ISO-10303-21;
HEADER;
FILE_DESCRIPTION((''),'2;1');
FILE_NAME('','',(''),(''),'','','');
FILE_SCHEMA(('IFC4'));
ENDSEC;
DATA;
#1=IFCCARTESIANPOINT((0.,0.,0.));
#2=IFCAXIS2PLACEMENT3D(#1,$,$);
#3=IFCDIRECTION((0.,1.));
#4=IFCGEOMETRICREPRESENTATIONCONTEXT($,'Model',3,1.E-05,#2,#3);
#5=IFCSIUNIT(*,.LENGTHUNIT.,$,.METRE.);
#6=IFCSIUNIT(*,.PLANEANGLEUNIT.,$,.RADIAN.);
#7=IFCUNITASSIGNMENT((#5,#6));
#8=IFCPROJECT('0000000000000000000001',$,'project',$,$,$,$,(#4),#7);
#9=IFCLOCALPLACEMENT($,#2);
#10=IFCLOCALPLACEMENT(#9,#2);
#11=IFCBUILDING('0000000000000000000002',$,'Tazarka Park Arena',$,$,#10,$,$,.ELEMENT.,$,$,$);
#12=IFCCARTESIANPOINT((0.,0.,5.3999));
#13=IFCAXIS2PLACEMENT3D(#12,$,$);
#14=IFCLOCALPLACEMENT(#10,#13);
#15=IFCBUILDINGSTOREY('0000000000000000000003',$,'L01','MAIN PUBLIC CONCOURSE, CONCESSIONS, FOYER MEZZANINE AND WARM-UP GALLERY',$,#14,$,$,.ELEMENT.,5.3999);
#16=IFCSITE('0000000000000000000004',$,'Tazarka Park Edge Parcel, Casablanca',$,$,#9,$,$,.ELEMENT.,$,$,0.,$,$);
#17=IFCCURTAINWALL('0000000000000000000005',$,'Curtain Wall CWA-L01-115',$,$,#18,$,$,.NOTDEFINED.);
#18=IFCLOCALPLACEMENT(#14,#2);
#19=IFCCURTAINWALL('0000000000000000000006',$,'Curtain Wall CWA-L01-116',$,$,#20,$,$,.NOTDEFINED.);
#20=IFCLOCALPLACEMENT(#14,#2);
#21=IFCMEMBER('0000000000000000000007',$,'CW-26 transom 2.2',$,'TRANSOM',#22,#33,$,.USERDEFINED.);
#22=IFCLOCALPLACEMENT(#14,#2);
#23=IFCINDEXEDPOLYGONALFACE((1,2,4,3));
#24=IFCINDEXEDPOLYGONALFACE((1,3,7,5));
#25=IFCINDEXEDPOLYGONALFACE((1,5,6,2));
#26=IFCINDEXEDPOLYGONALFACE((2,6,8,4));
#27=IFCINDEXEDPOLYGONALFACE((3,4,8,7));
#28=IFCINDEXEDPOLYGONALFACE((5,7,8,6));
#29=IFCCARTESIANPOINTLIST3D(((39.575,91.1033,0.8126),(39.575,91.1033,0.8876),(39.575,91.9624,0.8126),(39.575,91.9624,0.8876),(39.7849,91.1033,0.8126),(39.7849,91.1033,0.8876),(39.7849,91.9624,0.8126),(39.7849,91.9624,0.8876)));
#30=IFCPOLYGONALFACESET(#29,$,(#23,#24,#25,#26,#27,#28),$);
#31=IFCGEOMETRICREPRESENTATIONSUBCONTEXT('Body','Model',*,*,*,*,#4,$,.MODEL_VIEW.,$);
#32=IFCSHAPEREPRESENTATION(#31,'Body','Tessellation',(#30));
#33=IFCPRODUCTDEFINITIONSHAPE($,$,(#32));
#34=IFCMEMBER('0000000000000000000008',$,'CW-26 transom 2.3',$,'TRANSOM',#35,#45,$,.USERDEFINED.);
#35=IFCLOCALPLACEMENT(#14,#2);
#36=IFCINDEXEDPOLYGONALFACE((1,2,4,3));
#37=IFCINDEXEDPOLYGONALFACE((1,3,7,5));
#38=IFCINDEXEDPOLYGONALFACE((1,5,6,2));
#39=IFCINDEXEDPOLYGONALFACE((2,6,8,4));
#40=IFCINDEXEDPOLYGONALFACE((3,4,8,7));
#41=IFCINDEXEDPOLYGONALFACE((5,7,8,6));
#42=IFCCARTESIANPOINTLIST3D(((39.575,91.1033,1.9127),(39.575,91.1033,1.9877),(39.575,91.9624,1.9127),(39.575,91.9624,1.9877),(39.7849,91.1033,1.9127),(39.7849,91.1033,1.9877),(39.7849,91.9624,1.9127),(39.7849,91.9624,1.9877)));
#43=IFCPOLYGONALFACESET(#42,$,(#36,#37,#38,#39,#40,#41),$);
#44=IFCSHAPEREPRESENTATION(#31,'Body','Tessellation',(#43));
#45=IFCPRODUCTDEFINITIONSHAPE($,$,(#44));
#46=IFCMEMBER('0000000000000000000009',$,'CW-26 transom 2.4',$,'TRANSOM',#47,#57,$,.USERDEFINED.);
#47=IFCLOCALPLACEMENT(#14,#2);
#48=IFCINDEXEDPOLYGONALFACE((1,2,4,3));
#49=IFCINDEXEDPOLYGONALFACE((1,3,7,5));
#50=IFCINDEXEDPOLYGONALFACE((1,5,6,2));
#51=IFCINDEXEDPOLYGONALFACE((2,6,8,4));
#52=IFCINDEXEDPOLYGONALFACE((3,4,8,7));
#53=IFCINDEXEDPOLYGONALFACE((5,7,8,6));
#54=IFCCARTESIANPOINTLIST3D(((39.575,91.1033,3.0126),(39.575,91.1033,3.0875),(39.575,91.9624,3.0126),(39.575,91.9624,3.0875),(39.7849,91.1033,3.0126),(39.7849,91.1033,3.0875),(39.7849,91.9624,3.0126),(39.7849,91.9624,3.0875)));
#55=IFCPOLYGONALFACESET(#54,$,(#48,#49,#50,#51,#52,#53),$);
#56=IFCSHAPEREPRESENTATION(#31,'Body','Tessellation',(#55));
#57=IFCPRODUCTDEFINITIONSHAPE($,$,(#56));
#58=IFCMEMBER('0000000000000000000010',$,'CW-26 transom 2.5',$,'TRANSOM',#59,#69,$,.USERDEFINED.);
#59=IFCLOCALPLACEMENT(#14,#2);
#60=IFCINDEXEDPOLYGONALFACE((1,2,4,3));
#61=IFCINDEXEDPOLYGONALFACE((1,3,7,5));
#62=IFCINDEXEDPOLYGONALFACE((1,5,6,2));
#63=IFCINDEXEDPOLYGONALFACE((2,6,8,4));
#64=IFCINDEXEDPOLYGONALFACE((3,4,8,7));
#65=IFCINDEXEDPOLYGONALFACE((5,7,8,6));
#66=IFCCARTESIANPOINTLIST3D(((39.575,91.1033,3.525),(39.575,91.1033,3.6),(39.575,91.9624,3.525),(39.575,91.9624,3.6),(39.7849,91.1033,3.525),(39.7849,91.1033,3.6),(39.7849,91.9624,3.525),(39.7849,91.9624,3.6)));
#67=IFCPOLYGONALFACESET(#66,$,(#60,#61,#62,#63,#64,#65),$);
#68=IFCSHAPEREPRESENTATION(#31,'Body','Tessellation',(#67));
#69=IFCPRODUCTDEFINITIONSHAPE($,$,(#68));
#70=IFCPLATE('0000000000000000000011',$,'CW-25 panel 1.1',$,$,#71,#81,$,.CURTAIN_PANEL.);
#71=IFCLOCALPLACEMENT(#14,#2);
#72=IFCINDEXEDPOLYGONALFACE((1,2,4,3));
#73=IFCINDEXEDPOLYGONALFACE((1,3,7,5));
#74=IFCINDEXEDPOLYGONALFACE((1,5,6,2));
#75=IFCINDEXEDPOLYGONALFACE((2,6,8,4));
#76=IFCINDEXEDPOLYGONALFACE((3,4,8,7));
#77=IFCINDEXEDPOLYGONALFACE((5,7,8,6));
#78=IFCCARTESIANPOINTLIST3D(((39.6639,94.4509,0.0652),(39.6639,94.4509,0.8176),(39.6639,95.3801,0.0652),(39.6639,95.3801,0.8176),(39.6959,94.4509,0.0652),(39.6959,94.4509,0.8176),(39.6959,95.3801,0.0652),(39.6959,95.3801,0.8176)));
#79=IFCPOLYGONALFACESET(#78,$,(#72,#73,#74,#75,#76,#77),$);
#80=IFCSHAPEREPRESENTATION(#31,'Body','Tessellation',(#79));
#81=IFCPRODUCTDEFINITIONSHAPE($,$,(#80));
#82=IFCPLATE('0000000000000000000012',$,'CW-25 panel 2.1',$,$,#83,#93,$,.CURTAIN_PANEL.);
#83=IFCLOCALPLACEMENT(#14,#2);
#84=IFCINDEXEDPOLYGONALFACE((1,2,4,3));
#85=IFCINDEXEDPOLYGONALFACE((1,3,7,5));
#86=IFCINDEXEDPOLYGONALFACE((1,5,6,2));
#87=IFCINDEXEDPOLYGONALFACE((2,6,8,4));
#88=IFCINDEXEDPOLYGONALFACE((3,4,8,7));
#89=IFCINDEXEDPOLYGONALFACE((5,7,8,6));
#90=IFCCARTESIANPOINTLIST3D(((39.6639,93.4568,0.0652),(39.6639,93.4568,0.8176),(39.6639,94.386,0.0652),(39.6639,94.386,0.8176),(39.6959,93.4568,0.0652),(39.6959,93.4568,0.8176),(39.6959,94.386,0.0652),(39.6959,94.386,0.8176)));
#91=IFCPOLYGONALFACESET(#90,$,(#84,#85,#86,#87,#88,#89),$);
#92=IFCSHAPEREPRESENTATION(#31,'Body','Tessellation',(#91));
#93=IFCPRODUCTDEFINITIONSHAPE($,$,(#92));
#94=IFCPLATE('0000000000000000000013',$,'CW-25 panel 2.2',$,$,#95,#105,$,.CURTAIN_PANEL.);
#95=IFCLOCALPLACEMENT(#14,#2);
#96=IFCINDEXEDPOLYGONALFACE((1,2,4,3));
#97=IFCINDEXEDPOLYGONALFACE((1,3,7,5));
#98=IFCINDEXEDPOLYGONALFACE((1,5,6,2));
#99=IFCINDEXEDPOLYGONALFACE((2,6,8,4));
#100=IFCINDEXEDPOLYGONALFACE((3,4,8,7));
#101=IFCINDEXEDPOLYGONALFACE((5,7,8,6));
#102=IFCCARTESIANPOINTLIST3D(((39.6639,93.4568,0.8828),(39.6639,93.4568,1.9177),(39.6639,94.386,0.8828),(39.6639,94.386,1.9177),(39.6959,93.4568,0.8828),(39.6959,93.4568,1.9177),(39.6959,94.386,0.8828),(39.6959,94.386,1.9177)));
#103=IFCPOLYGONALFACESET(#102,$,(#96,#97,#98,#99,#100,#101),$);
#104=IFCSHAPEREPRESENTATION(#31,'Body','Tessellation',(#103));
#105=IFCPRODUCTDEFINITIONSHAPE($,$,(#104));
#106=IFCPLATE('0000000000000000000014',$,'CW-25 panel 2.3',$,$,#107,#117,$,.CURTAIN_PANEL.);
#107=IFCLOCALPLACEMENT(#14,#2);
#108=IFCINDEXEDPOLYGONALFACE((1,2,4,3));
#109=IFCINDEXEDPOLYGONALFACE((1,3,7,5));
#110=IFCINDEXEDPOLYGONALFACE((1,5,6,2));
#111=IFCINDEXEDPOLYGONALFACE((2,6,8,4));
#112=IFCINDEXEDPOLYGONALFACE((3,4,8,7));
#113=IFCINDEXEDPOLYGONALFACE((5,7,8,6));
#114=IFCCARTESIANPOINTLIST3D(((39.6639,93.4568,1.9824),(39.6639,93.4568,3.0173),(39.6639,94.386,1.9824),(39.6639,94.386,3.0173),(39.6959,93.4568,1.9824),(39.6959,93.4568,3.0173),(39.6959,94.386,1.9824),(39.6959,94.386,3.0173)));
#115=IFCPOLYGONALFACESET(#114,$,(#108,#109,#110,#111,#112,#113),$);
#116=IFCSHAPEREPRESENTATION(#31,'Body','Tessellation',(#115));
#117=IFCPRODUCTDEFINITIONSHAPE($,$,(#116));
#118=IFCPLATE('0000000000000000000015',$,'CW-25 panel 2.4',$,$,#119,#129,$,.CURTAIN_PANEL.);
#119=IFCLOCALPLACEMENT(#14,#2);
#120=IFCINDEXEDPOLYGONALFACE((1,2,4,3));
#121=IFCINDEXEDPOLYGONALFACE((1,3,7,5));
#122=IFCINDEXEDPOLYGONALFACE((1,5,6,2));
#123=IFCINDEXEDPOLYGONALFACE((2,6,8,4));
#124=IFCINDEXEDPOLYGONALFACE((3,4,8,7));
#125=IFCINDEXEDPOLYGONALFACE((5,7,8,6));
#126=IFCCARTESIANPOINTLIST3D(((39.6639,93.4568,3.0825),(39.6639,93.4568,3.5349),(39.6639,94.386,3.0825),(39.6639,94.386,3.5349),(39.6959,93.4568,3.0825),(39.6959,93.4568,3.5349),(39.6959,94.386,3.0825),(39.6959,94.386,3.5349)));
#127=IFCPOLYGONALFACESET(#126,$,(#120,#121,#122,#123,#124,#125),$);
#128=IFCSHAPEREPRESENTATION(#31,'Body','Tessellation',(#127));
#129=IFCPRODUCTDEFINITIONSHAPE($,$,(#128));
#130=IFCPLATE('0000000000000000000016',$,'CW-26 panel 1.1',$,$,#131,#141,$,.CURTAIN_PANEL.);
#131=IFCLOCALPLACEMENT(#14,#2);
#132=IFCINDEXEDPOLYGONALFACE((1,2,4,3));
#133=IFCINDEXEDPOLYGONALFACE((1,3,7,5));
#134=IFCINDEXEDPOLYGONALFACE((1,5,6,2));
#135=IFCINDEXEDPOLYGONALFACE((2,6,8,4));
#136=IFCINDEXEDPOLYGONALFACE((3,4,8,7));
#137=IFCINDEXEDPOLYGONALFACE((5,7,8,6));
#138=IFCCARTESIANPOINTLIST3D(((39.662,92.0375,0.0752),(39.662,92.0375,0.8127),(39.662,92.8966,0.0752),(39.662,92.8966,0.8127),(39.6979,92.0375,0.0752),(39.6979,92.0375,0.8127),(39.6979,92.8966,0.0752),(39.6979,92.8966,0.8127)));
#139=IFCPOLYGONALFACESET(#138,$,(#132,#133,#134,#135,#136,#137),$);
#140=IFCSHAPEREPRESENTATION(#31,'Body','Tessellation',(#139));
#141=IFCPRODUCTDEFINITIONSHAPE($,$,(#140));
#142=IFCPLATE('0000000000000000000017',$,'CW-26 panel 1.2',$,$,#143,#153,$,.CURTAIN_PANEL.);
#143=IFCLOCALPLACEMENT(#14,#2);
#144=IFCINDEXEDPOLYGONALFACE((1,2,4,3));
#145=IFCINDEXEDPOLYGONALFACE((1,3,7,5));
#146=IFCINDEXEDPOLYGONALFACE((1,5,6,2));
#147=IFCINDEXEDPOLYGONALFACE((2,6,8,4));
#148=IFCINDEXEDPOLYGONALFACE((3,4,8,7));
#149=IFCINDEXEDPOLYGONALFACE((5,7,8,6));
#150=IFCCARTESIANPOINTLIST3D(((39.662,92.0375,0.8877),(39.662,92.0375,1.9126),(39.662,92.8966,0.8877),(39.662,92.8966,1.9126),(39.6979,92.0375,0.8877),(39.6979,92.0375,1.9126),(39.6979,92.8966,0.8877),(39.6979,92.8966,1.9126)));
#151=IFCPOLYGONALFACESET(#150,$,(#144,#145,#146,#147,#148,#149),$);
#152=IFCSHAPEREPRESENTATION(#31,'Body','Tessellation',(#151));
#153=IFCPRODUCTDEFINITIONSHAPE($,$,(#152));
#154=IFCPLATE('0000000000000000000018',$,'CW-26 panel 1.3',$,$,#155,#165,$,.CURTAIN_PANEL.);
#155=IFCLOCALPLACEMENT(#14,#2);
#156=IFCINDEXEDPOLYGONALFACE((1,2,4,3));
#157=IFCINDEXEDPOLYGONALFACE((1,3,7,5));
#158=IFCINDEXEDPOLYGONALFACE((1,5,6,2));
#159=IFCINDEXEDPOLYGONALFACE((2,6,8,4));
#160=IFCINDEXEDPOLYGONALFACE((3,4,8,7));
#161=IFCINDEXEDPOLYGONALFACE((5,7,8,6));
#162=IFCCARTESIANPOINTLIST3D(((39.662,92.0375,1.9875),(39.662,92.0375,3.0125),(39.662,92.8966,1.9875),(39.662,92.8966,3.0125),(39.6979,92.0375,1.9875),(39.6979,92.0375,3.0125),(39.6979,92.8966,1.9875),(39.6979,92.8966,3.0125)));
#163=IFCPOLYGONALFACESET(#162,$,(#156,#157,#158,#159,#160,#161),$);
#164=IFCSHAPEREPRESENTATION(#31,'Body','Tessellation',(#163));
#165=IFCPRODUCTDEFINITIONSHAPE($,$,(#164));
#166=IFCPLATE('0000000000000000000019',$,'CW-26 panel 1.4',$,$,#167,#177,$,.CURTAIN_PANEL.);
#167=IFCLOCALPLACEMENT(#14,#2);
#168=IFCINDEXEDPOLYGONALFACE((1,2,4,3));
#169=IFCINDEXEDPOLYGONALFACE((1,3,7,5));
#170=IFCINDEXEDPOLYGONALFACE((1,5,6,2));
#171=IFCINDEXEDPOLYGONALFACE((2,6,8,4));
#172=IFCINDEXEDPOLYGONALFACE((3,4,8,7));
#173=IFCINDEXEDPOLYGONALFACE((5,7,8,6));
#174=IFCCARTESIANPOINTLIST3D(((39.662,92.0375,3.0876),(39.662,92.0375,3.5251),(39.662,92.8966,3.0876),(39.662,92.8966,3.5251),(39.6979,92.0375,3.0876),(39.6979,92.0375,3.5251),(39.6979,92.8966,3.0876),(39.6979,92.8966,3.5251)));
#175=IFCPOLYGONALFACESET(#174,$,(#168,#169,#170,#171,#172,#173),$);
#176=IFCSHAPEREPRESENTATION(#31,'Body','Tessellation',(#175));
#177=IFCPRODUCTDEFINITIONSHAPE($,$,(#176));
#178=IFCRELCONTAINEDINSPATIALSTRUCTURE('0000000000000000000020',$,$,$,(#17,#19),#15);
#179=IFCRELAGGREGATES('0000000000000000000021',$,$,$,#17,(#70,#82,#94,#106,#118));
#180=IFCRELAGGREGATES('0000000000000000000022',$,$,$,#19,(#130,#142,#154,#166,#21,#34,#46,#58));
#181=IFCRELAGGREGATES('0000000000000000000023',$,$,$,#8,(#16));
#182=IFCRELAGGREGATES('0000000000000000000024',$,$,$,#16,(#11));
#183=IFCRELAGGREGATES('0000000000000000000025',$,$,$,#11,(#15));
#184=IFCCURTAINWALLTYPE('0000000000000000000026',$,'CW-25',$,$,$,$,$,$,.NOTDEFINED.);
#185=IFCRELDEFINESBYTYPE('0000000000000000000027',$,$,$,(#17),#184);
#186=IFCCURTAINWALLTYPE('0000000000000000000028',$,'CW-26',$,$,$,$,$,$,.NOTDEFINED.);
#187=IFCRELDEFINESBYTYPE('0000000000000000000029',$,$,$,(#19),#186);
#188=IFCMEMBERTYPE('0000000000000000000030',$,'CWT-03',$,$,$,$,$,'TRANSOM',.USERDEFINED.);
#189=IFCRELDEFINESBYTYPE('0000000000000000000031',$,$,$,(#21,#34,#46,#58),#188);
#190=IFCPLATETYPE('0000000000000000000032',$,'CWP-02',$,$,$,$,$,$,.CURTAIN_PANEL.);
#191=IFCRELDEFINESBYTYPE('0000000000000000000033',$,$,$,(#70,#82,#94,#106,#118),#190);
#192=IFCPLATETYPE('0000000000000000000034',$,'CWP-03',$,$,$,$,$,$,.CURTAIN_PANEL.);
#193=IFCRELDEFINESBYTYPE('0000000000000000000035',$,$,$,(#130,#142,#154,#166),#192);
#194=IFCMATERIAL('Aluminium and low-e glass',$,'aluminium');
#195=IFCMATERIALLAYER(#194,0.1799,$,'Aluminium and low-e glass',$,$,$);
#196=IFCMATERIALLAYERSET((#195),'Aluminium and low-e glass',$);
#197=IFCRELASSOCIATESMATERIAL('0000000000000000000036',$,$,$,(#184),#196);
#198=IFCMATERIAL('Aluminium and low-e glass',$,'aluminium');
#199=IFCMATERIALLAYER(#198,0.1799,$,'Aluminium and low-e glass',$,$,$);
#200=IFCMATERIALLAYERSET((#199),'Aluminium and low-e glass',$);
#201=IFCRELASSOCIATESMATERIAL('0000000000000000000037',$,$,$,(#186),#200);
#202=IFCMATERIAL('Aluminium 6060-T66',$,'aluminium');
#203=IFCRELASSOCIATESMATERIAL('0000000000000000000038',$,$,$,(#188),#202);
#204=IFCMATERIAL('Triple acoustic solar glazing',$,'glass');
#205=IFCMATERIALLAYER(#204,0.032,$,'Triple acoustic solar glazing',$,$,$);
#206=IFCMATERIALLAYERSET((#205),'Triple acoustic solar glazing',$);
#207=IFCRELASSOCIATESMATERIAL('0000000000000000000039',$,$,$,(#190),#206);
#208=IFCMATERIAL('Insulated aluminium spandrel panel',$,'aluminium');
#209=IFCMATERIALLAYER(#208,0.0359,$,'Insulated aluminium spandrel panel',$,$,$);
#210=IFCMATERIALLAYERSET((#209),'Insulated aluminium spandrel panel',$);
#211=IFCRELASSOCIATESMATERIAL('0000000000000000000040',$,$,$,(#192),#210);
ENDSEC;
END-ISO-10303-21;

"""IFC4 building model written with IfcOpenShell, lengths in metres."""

from ifc_helpers import new_model, si_unit, direction, frame, origin, origin_2d, place, context, subcontext, project, spatial, rectangle, extrude, material, layer, layer_set, material_profile, profile_set, type_object, element, aggregate, save


model = new_model("IFC4")

# Units and contexts
model_context = context("Model", 3, precision=1e-05, world=origin(), true_north=direction((0.0, 1.0)))
body_context = subcontext(model_context, "Body", "Model", "MODEL_VIEW")
ifc_project = project(units=[si_unit("LENGTHUNIT", "METRE"), si_unit("PLANEANGLEUNIT", "RADIAN")], contexts=[model_context])

# Site, building, storey
site_placement = place(None, origin())
site = spatial("IfcSite", under=ifc_project, at=site_placement, Name="Tazarka Park Edge Parcel, Casablanca", CompositionType="ELEMENT", RefElevation=0.0)
building_placement = place(site_placement, origin())
building = spatial("IfcBuilding", under=site, at=building_placement, Name="Tazarka Park Arena", CompositionType="ELEMENT")
storey_placement = place(building_placement, frame((0.0, 0.0, 5.3999)))
storey = spatial("IfcBuildingStorey", under=building, at=storey_placement, Name="L01", Description="MAIN PUBLIC CONCOURSE, CONCESSIONS, FOYER MEZZANINE AND WARM-UP GALLERY", CompositionType="ELEMENT", Elevation=5.3999)

# Curtain walls
ifc_material_1 = material(Name="Aluminium and low-e glass", Category="aluminium")
ifc_layer_1 = layer(ifc_material_1, 0.1799, Name="Aluminium and low-e glass")
ifc_layer_set_1 = layer_set([ifc_layer_1], Name="Aluminium and low-e glass")
curtain_wall_type_1 = type_object("IfcCurtainWallType", Name="CW-25", PredefinedType="NOTDEFINED", material=ifc_layer_set_1)
curtain_wall_1_placement = place(storey_placement, origin())
curtain_wall_1 = element("IfcCurtainWall", 1, at=curtain_wall_1_placement, inside=storey, type_object=curtain_wall_type_1, Name="Curtain Wall CWA-L01-115", PredefinedType="NOTDEFINED")
ifc_material_2 = material(Name="Aluminium and low-e glass", Category="aluminium")
ifc_layer_2 = layer(ifc_material_2, 0.1799, Name="Aluminium and low-e glass")
ifc_layer_set_2 = layer_set([ifc_layer_2], Name="Aluminium and low-e glass")
curtain_wall_type_2 = type_object("IfcCurtainWallType", Name="CW-26", PredefinedType="NOTDEFINED", material=ifc_layer_set_2)
curtain_wall_2_placement = place(storey_placement, origin())
curtain_wall_2 = element("IfcCurtainWall", 2, at=curtain_wall_2_placement, inside=storey, type_object=curtain_wall_type_2, Name="Curtain Wall CWA-L01-116", PredefinedType="NOTDEFINED")

# Members
ifc_material_3 = material(Name="Aluminium 6060-T66", Category="aluminium")
ifc_material_profile_1 = material_profile(ifc_material_3, rectangle(XDim=0.21, YDim=0.075, at=origin_2d()), Name="Aluminium 6060-T66")
ifc_profile_set_1 = profile_set([ifc_material_profile_1], Name="Aluminium 6060-T66")
member_type_1 = type_object("IfcMemberType", Name="CWT-03", ElementType="TRANSOM", PredefinedType="USERDEFINED", material=ifc_profile_set_1)
member_1_placement = place(storey_placement, frame((39.6799, 91.9624, 0.8501), z_axis=(0.0, -1.0, 0.0), x_axis=(1.0, 0.0, 0.0)))
member_1 = element("IfcMember", 3, at=member_1_placement, type_object=member_type_1, Name="CW-26 transom 2.2", ObjectType="TRANSOM", PredefinedType="USERDEFINED", context=body_context, shape_type="SweptSolid", body=[
    extrude(rectangle(XDim=0.21, YDim=0.075, at=origin_2d()), origin(), (0.0, 0.0, 1.0), 0.8591),
])
member_2_placement = place(storey_placement, frame((39.6799, 91.9624, 1.9502), z_axis=(0.0, -1.0, 0.0), x_axis=(1.0, 0.0, 0.0)))
member_2 = element("IfcMember", 4, at=member_2_placement, type_object=member_type_1, Name="CW-26 transom 2.3", ObjectType="TRANSOM", PredefinedType="USERDEFINED", context=body_context, shape_type="SweptSolid", body=[
    extrude(rectangle(XDim=0.21, YDim=0.075, at=origin_2d()), origin(), (0.0, 0.0, 1.0), 0.8591),
])
member_3_placement = place(storey_placement, frame((39.6799, 91.9624, 3.05), z_axis=(0.0, -1.0, 0.0), x_axis=(1.0, 0.0, 0.0)))
member_3 = element("IfcMember", 5, at=member_3_placement, type_object=member_type_1, Name="CW-26 transom 2.4", ObjectType="TRANSOM", PredefinedType="USERDEFINED", context=body_context, shape_type="SweptSolid", body=[
    extrude(rectangle(XDim=0.21, YDim=0.075, at=origin_2d()), origin(), (0.0, 0.0, 1.0), 0.8591),
])
member_4_placement = place(storey_placement, frame((39.6799, 91.9624, 3.5625), z_axis=(0.0, -1.0, 0.0), x_axis=(1.0, 0.0, 0.0)))
member_4 = element("IfcMember", 6, at=member_4_placement, type_object=member_type_1, Name="CW-26 transom 2.5", ObjectType="TRANSOM", PredefinedType="USERDEFINED", context=body_context, shape_type="SweptSolid", body=[
    extrude(rectangle(XDim=0.21, YDim=0.075, at=origin_2d()), origin(), (0.0, 0.0, 1.0), 0.8591),
])

# Plates
ifc_material_4 = material(Name="Triple acoustic solar glazing", Category="glass")
ifc_layer_3 = layer(ifc_material_4, 0.032, Name="Triple acoustic solar glazing")
ifc_layer_set_3 = layer_set([ifc_layer_3], Name="Triple acoustic solar glazing")
plate_type_1 = type_object("IfcPlateType", Name="CWP-02", PredefinedType="CURTAIN_PANEL", material=ifc_layer_set_3)
plate_1_placement = place(storey_placement, frame((39.6799, 94.9155, 0.0652), z_axis=(0.0, 0.0, 1.0), x_axis=(0.0, -1.0, 0.0)))
plate_1 = element("IfcPlate", 7, at=plate_1_placement, type_object=plate_type_1, Name="CW-25 panel 1.1", PredefinedType="CURTAIN_PANEL", context=body_context, shape_type="SweptSolid", body=[
    extrude(rectangle(XDim=0.9292, YDim=0.032, at=origin_2d()), origin(), (0.0, 0.0, 1.0), 0.7524),
])
plate_2_placement = place(storey_placement, frame((39.6799, 93.9214, 0.0652), z_axis=(0.0, 0.0, 1.0), x_axis=(0.0, -1.0, 0.0)))
plate_2 = element("IfcPlate", 8, at=plate_2_placement, type_object=plate_type_1, Name="CW-25 panel 2.1", PredefinedType="CURTAIN_PANEL", context=body_context, shape_type="SweptSolid", body=[
    extrude(rectangle(XDim=0.9292, YDim=0.032, at=origin_2d()), origin(), (0.0, 0.0, 1.0), 0.7524),
])
plate_3_placement = place(storey_placement, frame((39.6799, 93.9214, 0.8828), z_axis=(0.0, 0.0, 1.0), x_axis=(0.0, -1.0, 0.0)))
plate_3 = element("IfcPlate", 9, at=plate_3_placement, type_object=plate_type_1, Name="CW-25 panel 2.2", PredefinedType="CURTAIN_PANEL", context=body_context, shape_type="SweptSolid", body=[
    extrude(rectangle(XDim=0.9292, YDim=0.032, at=origin_2d()), origin(), (0.0, 0.0, 1.0), 1.0349),
])
plate_4_placement = place(storey_placement, frame((39.6799, 93.9214, 1.9824), z_axis=(0.0, 0.0, 1.0), x_axis=(0.0, -1.0, 0.0)))
plate_4 = element("IfcPlate", 10, at=plate_4_placement, type_object=plate_type_1, Name="CW-25 panel 2.3", PredefinedType="CURTAIN_PANEL", context=body_context, shape_type="SweptSolid", body=[
    extrude(rectangle(XDim=0.9292, YDim=0.032, at=origin_2d()), origin(), (0.0, 0.0, 1.0), 1.0349),
])
plate_5_placement = place(storey_placement, frame((39.6799, 93.9214, 3.0825), z_axis=(0.0, 0.0, 1.0), x_axis=(0.0, -1.0, 0.0)))
plate_5 = element("IfcPlate", 11, at=plate_5_placement, type_object=plate_type_1, Name="CW-25 panel 2.4", PredefinedType="CURTAIN_PANEL", context=body_context, shape_type="SweptSolid", body=[
    extrude(rectangle(XDim=0.9292, YDim=0.032, at=origin_2d()), origin(), (0.0, 0.0, 1.0), 0.4524),
])
aggregate(curtain_wall_1, [plate_1, plate_2, plate_3, plate_4, plate_5])
ifc_material_5 = material(Name="Insulated aluminium spandrel panel", Category="aluminium")
ifc_layer_4 = layer(ifc_material_5, 0.0359, Name="Insulated aluminium spandrel panel")
ifc_layer_set_4 = layer_set([ifc_layer_4], Name="Insulated aluminium spandrel panel")
plate_type_2 = type_object("IfcPlateType", Name="CWP-03", PredefinedType="CURTAIN_PANEL", material=ifc_layer_set_4)
plate_6_placement = place(storey_placement, frame((39.6799, 92.467, 0.0752), z_axis=(0.0, 0.0, 1.0), x_axis=(0.0, -1.0, 0.0)))
plate_6 = element("IfcPlate", 12, at=plate_6_placement, type_object=plate_type_2, Name="CW-26 panel 1.1", PredefinedType="CURTAIN_PANEL", context=body_context, shape_type="SweptSolid", body=[
    extrude(rectangle(XDim=0.8591, YDim=0.0359, at=origin_2d()), origin(), (0.0, 0.0, 1.0), 0.7375),
])
plate_7_placement = place(storey_placement, frame((39.6799, 92.467, 0.8877), z_axis=(0.0, 0.0, 1.0), x_axis=(0.0, -1.0, 0.0)))
plate_7 = element("IfcPlate", 13, at=plate_7_placement, type_object=plate_type_2, Name="CW-26 panel 1.2", PredefinedType="CURTAIN_PANEL", context=body_context, shape_type="SweptSolid", body=[
    extrude(rectangle(XDim=0.8591, YDim=0.0359, at=origin_2d()), origin(), (0.0, 0.0, 1.0), 1.0249),
])
plate_8_placement = place(storey_placement, frame((39.6799, 92.467, 1.9875), z_axis=(0.0, 0.0, 1.0), x_axis=(0.0, -1.0, 0.0)))
plate_8 = element("IfcPlate", 14, at=plate_8_placement, type_object=plate_type_2, Name="CW-26 panel 1.3", PredefinedType="CURTAIN_PANEL", context=body_context, shape_type="SweptSolid", body=[
    extrude(rectangle(XDim=0.8591, YDim=0.0359, at=origin_2d()), origin(), (0.0, 0.0, 1.0), 1.0249),
])
plate_9_placement = place(storey_placement, frame((39.6799, 92.467, 3.0876), z_axis=(0.0, 0.0, 1.0), x_axis=(0.0, -1.0, 0.0)))
plate_9 = element("IfcPlate", 15, at=plate_9_placement, type_object=plate_type_2, Name="CW-26 panel 1.4", PredefinedType="CURTAIN_PANEL", context=body_context, shape_type="SweptSolid", body=[
    extrude(rectangle(XDim=0.8591, YDim=0.0359, at=origin_2d()), origin(), (0.0, 0.0, 1.0), 0.4375),
])
aggregate(curtain_wall_2, [plate_6, plate_7, plate_8, plate_9, member_1, member_2, member_3, member_4])

save(model, "model.ifc")
